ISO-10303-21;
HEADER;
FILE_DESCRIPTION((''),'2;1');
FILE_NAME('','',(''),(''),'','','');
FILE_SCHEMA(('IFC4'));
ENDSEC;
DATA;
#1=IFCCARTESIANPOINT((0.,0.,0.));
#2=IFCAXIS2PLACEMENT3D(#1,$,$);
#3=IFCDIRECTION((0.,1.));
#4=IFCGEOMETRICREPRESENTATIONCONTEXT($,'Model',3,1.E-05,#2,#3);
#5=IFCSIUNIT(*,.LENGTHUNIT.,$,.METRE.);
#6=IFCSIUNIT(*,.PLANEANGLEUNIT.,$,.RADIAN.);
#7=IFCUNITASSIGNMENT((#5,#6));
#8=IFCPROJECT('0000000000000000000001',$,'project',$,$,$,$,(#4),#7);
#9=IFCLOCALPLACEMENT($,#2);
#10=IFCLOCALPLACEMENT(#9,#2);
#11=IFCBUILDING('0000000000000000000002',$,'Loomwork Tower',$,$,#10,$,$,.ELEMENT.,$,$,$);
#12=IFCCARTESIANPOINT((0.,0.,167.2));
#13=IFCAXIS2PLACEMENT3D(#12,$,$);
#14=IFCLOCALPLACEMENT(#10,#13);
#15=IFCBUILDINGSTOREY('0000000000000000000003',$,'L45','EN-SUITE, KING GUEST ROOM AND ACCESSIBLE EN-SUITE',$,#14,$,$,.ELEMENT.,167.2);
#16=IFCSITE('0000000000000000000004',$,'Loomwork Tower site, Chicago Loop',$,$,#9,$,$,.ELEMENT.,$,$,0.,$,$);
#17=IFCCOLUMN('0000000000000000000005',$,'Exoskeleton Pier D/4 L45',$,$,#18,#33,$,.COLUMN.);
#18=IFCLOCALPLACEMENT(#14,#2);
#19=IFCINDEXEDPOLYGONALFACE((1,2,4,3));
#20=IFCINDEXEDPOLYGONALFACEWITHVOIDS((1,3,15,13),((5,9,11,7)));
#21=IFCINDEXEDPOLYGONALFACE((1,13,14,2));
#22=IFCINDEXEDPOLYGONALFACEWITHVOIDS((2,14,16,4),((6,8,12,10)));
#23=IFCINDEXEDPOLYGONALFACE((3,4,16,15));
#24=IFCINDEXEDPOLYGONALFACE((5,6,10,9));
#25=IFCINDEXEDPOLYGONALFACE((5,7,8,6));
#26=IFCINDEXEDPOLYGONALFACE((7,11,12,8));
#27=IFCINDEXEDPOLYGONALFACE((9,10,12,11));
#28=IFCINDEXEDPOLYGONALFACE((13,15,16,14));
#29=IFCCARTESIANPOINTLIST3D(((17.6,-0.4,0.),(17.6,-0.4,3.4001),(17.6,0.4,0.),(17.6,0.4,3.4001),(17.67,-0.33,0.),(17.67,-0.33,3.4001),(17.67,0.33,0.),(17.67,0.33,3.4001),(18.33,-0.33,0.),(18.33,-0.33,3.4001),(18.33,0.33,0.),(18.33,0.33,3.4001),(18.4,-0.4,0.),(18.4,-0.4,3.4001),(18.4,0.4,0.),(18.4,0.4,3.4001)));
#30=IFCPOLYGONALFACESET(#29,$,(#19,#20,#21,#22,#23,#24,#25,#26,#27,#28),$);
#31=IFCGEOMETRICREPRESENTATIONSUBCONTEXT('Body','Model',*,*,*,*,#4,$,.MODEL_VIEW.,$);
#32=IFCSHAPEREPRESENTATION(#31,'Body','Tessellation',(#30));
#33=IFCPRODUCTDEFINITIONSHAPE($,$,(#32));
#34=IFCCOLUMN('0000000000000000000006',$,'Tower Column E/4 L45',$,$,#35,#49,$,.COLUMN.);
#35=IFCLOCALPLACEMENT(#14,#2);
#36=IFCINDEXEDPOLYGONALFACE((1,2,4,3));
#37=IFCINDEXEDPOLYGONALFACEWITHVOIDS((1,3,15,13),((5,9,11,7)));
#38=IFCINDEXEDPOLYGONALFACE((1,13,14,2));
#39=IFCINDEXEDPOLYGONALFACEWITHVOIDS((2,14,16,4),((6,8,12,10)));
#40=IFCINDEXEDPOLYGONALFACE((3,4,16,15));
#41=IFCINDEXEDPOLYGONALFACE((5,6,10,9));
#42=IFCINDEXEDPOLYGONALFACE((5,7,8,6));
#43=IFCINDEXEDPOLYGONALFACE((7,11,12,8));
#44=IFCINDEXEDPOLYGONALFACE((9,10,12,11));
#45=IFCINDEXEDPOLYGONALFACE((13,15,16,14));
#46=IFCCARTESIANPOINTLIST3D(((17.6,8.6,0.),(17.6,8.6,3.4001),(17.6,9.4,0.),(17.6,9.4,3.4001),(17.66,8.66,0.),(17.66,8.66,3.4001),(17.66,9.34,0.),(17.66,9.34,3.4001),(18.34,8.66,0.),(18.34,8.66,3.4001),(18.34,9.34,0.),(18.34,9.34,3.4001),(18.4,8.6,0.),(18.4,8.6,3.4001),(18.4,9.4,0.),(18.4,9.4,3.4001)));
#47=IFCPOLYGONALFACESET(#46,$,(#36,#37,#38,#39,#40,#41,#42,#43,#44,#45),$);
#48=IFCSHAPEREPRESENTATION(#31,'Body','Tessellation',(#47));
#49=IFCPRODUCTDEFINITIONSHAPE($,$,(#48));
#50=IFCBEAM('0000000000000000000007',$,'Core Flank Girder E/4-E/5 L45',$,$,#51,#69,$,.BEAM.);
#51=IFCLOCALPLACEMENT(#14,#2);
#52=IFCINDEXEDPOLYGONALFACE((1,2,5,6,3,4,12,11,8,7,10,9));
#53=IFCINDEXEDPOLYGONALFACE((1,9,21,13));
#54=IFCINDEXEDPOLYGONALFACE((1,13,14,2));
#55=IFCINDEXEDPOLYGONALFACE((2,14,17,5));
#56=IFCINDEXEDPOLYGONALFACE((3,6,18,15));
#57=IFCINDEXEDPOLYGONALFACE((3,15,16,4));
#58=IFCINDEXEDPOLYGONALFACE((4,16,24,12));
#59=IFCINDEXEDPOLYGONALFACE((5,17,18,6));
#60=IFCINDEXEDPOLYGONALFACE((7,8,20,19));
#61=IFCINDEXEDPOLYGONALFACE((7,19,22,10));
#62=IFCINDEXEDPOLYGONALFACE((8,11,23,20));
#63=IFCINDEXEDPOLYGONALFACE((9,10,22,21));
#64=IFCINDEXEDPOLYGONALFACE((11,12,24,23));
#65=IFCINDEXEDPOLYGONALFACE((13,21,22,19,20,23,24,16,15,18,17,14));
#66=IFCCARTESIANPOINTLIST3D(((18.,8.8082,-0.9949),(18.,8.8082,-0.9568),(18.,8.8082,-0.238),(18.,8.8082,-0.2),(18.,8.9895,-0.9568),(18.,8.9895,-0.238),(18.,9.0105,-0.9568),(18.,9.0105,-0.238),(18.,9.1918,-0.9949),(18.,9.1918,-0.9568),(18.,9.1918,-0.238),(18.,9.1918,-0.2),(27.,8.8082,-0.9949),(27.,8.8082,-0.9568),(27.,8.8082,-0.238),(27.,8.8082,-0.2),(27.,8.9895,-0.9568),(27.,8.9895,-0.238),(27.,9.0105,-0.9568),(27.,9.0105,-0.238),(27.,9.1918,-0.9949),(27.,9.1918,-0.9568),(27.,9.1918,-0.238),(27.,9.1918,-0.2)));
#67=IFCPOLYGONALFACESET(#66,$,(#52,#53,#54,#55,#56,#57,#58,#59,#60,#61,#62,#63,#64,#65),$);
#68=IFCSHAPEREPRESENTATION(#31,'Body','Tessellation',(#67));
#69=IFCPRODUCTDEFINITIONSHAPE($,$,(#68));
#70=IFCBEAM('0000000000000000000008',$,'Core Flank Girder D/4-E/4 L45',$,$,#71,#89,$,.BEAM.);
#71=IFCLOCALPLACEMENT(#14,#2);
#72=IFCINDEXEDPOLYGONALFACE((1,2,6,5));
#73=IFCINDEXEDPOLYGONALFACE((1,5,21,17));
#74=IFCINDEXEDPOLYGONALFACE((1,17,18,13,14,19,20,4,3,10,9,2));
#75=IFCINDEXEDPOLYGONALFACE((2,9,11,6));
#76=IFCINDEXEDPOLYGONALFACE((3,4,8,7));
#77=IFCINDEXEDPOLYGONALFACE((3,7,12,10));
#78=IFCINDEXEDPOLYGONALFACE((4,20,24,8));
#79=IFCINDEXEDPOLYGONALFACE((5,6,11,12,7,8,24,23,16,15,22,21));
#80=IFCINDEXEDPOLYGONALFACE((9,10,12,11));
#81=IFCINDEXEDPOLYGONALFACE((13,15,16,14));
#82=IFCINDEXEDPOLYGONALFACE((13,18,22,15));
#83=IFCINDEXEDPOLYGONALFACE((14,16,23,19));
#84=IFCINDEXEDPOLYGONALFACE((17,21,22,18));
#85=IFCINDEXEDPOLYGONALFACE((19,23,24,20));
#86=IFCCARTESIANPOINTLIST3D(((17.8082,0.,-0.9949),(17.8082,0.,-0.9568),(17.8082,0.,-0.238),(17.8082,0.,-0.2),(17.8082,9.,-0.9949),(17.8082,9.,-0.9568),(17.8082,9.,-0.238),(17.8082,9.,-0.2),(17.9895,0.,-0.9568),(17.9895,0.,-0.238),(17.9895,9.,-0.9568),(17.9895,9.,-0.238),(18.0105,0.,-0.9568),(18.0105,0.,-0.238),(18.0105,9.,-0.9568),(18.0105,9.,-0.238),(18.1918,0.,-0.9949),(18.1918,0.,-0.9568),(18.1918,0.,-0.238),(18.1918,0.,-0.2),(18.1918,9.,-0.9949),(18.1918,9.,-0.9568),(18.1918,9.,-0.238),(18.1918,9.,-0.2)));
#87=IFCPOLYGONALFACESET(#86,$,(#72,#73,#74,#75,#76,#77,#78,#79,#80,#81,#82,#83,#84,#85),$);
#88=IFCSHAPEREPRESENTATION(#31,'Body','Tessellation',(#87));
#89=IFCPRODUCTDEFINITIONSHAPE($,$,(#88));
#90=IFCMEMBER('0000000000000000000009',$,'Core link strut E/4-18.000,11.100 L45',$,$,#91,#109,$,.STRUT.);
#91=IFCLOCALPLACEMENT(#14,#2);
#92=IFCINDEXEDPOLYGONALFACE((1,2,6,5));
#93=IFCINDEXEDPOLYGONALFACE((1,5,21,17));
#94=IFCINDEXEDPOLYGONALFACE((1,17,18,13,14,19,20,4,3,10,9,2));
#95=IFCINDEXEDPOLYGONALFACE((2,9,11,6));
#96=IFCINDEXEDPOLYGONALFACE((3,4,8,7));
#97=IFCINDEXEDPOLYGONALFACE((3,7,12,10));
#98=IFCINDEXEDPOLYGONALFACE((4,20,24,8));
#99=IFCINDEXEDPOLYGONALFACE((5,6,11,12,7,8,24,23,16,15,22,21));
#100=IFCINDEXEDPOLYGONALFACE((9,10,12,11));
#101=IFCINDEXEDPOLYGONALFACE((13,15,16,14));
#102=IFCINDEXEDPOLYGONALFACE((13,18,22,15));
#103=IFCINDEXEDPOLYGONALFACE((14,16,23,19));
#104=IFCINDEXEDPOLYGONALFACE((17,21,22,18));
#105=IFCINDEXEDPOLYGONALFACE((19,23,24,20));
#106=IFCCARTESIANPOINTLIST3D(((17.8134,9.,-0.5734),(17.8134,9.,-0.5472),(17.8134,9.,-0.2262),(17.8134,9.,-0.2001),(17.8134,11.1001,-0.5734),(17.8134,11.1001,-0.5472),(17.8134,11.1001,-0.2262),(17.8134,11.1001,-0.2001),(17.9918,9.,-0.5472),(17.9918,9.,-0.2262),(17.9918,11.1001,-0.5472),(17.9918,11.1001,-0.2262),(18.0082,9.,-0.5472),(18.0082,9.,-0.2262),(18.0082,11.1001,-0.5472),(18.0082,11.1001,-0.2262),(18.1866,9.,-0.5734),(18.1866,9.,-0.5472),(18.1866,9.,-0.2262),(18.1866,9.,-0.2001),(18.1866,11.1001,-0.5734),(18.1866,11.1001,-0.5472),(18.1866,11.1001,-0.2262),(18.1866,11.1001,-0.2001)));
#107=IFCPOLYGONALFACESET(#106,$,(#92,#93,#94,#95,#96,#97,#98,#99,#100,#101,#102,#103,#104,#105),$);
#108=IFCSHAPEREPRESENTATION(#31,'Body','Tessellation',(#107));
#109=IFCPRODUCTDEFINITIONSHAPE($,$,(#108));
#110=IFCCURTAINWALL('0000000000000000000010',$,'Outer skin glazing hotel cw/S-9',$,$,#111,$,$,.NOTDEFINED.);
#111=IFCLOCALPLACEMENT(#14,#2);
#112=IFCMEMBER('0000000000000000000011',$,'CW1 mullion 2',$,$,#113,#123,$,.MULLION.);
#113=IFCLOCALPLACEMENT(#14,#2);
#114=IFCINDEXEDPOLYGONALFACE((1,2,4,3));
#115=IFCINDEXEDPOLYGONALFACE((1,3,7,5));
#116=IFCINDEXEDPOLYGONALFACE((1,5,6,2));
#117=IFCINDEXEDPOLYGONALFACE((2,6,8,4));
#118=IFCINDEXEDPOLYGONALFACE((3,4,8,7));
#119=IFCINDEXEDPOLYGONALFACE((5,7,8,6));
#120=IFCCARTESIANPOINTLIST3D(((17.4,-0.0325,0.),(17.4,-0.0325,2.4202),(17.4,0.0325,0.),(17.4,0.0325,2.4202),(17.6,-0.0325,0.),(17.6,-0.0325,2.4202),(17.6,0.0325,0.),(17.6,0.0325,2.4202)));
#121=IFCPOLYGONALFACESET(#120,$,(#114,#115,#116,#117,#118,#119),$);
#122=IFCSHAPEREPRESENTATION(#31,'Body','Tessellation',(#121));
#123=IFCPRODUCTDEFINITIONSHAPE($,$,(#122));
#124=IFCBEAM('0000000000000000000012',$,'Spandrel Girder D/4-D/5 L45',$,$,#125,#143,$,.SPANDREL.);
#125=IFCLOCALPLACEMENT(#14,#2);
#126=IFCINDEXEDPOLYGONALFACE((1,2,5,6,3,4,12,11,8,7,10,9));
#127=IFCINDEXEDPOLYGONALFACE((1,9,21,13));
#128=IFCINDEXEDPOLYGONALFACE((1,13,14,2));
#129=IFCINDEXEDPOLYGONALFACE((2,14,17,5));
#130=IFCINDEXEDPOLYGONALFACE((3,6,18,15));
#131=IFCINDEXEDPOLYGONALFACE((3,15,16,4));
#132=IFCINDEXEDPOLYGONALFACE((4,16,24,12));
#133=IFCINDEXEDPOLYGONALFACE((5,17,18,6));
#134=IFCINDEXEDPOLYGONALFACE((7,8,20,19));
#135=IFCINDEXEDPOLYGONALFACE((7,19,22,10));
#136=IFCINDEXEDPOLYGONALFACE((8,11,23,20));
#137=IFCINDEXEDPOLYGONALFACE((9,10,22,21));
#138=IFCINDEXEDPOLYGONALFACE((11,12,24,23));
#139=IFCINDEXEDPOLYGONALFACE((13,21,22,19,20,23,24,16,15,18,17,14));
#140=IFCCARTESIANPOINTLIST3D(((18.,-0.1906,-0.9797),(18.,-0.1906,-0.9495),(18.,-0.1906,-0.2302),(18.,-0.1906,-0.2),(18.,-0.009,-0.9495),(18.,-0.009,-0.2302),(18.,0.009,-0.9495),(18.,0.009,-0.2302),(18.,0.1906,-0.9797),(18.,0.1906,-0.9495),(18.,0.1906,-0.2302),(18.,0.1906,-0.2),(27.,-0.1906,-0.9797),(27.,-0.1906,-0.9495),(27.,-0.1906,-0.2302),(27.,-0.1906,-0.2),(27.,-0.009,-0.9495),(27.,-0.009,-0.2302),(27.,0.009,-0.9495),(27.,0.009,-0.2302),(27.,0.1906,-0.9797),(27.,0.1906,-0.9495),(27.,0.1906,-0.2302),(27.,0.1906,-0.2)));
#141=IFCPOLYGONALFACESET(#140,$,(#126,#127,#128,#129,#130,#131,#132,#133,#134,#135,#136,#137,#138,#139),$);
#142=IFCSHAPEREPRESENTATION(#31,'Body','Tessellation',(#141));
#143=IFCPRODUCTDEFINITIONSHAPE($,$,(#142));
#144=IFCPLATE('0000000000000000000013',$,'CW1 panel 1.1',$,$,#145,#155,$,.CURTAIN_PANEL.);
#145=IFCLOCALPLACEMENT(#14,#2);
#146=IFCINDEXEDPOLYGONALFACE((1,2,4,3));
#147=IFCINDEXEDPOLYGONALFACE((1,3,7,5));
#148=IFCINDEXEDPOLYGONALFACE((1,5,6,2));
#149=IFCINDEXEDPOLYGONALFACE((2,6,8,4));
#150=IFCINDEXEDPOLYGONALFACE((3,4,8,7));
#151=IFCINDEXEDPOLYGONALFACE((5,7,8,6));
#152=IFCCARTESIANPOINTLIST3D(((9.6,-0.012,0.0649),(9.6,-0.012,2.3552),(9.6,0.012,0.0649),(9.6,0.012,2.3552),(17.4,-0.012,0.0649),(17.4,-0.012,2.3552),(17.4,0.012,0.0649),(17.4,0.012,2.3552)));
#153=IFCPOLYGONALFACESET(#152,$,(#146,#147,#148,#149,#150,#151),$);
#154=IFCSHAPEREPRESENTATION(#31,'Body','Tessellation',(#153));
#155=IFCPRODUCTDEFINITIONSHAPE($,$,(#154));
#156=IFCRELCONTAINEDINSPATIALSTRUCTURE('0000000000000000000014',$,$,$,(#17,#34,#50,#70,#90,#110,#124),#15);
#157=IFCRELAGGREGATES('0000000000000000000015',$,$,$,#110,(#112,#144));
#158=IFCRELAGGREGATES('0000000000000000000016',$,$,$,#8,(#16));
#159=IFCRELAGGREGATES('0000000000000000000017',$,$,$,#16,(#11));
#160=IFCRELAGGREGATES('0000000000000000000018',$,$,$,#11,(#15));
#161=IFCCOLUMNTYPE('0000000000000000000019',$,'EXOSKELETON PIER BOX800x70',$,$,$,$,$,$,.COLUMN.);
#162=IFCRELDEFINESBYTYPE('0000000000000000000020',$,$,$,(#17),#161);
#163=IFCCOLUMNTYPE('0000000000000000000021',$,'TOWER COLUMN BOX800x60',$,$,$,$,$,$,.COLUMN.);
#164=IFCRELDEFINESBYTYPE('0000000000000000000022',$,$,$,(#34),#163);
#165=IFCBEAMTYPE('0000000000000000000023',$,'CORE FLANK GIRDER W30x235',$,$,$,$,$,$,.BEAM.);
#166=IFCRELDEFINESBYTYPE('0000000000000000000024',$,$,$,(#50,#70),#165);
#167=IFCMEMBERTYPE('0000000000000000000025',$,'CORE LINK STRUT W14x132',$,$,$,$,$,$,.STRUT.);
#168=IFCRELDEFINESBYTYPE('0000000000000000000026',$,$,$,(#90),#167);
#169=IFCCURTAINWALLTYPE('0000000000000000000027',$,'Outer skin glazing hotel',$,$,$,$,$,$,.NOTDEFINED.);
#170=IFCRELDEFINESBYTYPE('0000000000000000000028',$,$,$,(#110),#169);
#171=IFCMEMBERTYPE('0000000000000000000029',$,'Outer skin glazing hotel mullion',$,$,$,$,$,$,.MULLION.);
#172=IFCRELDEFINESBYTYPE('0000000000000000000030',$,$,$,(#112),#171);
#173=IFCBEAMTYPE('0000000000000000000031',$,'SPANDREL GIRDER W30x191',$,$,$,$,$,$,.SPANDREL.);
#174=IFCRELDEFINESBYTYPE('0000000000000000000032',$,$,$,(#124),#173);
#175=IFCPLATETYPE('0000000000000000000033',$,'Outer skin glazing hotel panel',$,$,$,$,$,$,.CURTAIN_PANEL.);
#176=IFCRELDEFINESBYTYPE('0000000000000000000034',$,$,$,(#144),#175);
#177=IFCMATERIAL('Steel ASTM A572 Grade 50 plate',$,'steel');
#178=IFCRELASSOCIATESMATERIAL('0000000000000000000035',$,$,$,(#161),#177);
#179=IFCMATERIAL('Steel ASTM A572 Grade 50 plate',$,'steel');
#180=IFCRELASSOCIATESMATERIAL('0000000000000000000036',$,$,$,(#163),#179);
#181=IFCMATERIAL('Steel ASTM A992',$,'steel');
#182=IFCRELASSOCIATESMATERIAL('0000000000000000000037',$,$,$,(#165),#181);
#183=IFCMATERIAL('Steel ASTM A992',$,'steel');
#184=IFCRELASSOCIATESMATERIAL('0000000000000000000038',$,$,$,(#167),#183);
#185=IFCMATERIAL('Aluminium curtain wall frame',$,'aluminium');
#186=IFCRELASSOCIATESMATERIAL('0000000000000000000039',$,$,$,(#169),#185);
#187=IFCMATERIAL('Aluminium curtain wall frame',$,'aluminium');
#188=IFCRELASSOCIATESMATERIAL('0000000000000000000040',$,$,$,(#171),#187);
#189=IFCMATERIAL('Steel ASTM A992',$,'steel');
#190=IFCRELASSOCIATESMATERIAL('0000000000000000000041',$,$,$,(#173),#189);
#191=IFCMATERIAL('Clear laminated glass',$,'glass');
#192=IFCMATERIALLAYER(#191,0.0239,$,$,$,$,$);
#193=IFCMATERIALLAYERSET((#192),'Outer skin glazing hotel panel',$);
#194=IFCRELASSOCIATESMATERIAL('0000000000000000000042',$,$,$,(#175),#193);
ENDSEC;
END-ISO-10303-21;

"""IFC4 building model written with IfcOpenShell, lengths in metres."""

from ifc_helpers import new_model, si_unit, direction, frame, origin, origin_2d, place, context, subcontext, project, spatial, rectangle, hollow_rectangle, i_section, extrude, material, layer, layer_set, material_profile, profile_set, type_object, element, aggregate, save


model = new_model("IFC4")

# Units and contexts
model_context = context("Model", 3, precision=1e-05, world=origin(), true_north=direction((0.0, 1.0)))
body_context = subcontext(model_context, "Body", "Model", "MODEL_VIEW")
ifc_project = project(units=[si_unit("LENGTHUNIT", "METRE"), si_unit("PLANEANGLEUNIT", "RADIAN")], contexts=[model_context])

# Site, building, storey
site_placement = place(None, origin())
site = spatial("IfcSite", under=ifc_project, at=site_placement, Name="Loomwork Tower site, Chicago Loop", CompositionType="ELEMENT", RefElevation=0.0)
building_placement = place(site_placement, origin())
building = spatial("IfcBuilding", under=site, at=building_placement, Name="Loomwork Tower", CompositionType="ELEMENT")
storey_placement = place(building_placement, frame((0.0, 0.0, 167.2)))
storey = spatial("IfcBuildingStorey", under=building, at=storey_placement, Name="L45", Description="EN-SUITE, KING GUEST ROOM AND ACCESSIBLE EN-SUITE", CompositionType="ELEMENT", Elevation=167.2)

# Columns
ifc_material_1 = material(Name="Steel ASTM A572 Grade 50 plate", Category="steel")
ifc_material_profile_1 = material_profile(ifc_material_1, hollow_rectangle(XDim=0.8, YDim=0.8, WallThickness=0.0701, at=origin_2d()), Name="BOX800x70")
ifc_profile_set_1 = profile_set([ifc_material_profile_1], Name="Steel ASTM A572 Grade 50 plate")
column_type_1 = type_object("IfcColumnType", Name="EXOSKELETON PIER BOX800x70", PredefinedType="COLUMN", material=ifc_profile_set_1)
column_1_placement = place(storey_placement, frame((18.0, 0.0, 0.0), z_axis=(0.0, 0.0, 1.0), x_axis=(1.0, 0.0, 0.0)))
element("IfcColumn", 1, at=column_1_placement, inside=storey, type_object=column_type_1, Name="Exoskeleton Pier D/4 L45", PredefinedType="COLUMN", context=body_context, shape_type="SweptSolid", body=[
    extrude(hollow_rectangle(XDim=0.8, YDim=0.8, WallThickness=0.0701, at=origin_2d()), origin(), (0.0, 0.0, 1.0), 3.4001),
])
ifc_material_2 = material(Name="Steel ASTM A572 Grade 50 plate", Category="steel")
ifc_material_profile_2 = material_profile(ifc_material_2, hollow_rectangle(XDim=0.8, YDim=0.8, WallThickness=0.0601, at=origin_2d()), Name="BOX800x60")
ifc_profile_set_2 = profile_set([ifc_material_profile_2], Name="Steel ASTM A572 Grade 50 plate")
column_type_2 = type_object("IfcColumnType", Name="TOWER COLUMN BOX800x60", PredefinedType="COLUMN", material=ifc_profile_set_2)
column_2_placement = place(storey_placement, frame((18.0, 9.0, 0.0), z_axis=(0.0, 0.0, 1.0), x_axis=(1.0, 0.0, 0.0)))
element("IfcColumn", 2, at=column_2_placement, inside=storey, type_object=column_type_2, Name="Tower Column E/4 L45", PredefinedType="COLUMN", context=body_context, shape_type="SweptSolid", body=[
    extrude(hollow_rectangle(XDim=0.8, YDim=0.8, WallThickness=0.0601, at=origin_2d()), origin(), (0.0, 0.0, 1.0), 3.4001),
])

# Beams
ifc_material_3 = material(Name="Steel ASTM A992", Category="steel")
ifc_material_profile_3 = material_profile(ifc_material_3, i_section(OverallWidth=0.3835, OverallDepth=0.7949, WebThickness=0.021, FlangeThickness=0.0381, at=origin_2d()), Name="W30x235")
ifc_profile_set_3 = profile_set([ifc_material_profile_3], Name="Steel ASTM A992")
beam_type_1 = type_object("IfcBeamType", Name="CORE FLANK GIRDER W30x235", PredefinedType="BEAM", material=ifc_profile_set_3)
for number, where, z_axis, x_axis, name in (
    (3, (18.0, 9.0, -0.5974), (1.0, 0.0, 0.0), (0.0, 1.0, 0.0), "Core Flank Girder E/4-E/5 L45"),
    (4, (18.0, 0.0, -0.5974), (0.0, 1.0, 0.0), (-1.0, 0.0, 0.0), "Core Flank Girder D/4-E/4 L45"),
):
    element("IfcBeam", number, at=place(storey_placement, frame(where, z_axis=z_axis, x_axis=x_axis)), inside=storey, type_object=beam_type_1, Name=name, PredefinedType="BEAM", context=body_context, shape_type="SweptSolid", body=[
        extrude(i_section(OverallWidth=0.3835, OverallDepth=0.7949, WebThickness=0.021, FlangeThickness=0.0381, at=origin_2d()), origin(), (0.0, 0.0, 1.0), 9.0),
    ])

# Member
ifc_material_4 = material(Name="Steel ASTM A992", Category="steel")
ifc_material_profile_4 = material_profile(ifc_material_4, i_section(OverallWidth=0.3733, OverallDepth=0.3733, WebThickness=0.0164, FlangeThickness=0.0261, at=origin_2d()), Name="W14x132")
ifc_profile_set_4 = profile_set([ifc_material_profile_4], Name="Steel ASTM A992")
member_type_1 = type_object("IfcMemberType", Name="CORE LINK STRUT W14x132", PredefinedType="STRUT", material=ifc_profile_set_4)
member_1_placement = place(storey_placement, frame((18.0, 9.0, -0.3867), z_axis=(0.0, 1.0, 0.0), x_axis=(-1.0, 0.0, 0.0)))
element("IfcMember", 5, at=member_1_placement, inside=storey, type_object=member_type_1, Name="Core link strut E/4-18.000,11.100 L45", PredefinedType="STRUT", context=body_context, shape_type="SweptSolid", body=[
    extrude(i_section(OverallWidth=0.3733, OverallDepth=0.3733, WebThickness=0.0164, FlangeThickness=0.0261, at=origin_2d()), origin(), (0.0, 0.0, 1.0), 2.1001),
])

# Curtain wall, member
ifc_material_5 = material(Name="Aluminium curtain wall frame", Category="aluminium")
curtain_wall_type = type_object("IfcCurtainWallType", Name="Outer skin glazing hotel", PredefinedType="NOTDEFINED", material=ifc_material_5)
curtain_wall_placement = place(storey_placement, origin())
curtain_wall = element("IfcCurtainWall", 6, at=curtain_wall_placement, inside=storey, type_object=curtain_wall_type, Name="Outer skin glazing hotel cw/S-9", PredefinedType="NOTDEFINED")
ifc_material_6 = material(Name="Aluminium curtain wall frame", Category="aluminium")
ifc_material_profile_5 = material_profile(ifc_material_6, rectangle(XDim=0.0649, YDim=0.2, at=origin_2d()), Name="AL 65x200")
ifc_profile_set_5 = profile_set([ifc_material_profile_5], Name="Aluminium curtain wall frame")
member_type_2 = type_object("IfcMemberType", Name="Outer skin glazing hotel mullion", PredefinedType="MULLION", material=ifc_profile_set_5)
member_2_placement = place(storey_placement, frame((17.5, 0.0, 0.0), z_axis=(0.0, 0.0, 1.0), x_axis=(0.0, 1.0, 0.0)))
member_2 = element("IfcMember", 7, at=member_2_placement, type_object=member_type_2, Name="CW1 mullion 2", PredefinedType="MULLION", context=body_context, shape_type="SweptSolid", body=[
    extrude(rectangle(XDim=0.0649, YDim=0.2, at=origin_2d()), origin(), (0.0, 0.0, 1.0), 2.4202),
])

# Beam
ifc_material_7 = material(Name="Steel ASTM A992", Category="steel")
ifc_material_profile_6 = material_profile(ifc_material_7, i_section(OverallWidth=0.3811, OverallDepth=0.7798, WebThickness=0.0181, FlangeThickness=0.0303, at=origin_2d()), Name="W30x191")
ifc_profile_set_6 = profile_set([ifc_material_profile_6], Name="Steel ASTM A992")
beam_type_2 = type_object("IfcBeamType", Name="SPANDREL GIRDER W30x191", PredefinedType="SPANDREL", material=ifc_profile_set_6)
beam_placement = place(storey_placement, frame((18.0, 0.0, -0.5898), z_axis=(1.0, 0.0, 0.0), x_axis=(0.0, 1.0, 0.0)))
element("IfcBeam", 8, at=beam_placement, inside=storey, type_object=beam_type_2, Name="Spandrel Girder D/4-D/5 L45", PredefinedType="SPANDREL", context=body_context, shape_type="SweptSolid", body=[
    extrude(i_section(OverallWidth=0.3811, OverallDepth=0.7798, WebThickness=0.0181, FlangeThickness=0.0303, at=origin_2d()), origin(), (0.0, 0.0, 1.0), 9.0),
])

# Plate
ifc_material_8 = material(Name="Clear laminated glass", Category="glass")
ifc_layer_1 = layer(ifc_material_8, 0.0239)
ifc_layer_set_1 = layer_set([ifc_layer_1], Name="Outer skin glazing hotel panel")
plate_type = type_object("IfcPlateType", Name="Outer skin glazing hotel panel", PredefinedType="CURTAIN_PANEL", material=ifc_layer_set_1)
plate_placement = place(storey_placement, frame((13.5, 0.0, 0.0649), z_axis=(0.0, 0.0, 1.0), x_axis=(1.0, 0.0, 0.0)))
plate = element("IfcPlate", 9, at=plate_placement, type_object=plate_type, Name="CW1 panel 1.1", PredefinedType="CURTAIN_PANEL", context=body_context, shape_type="SweptSolid", body=[
    extrude(rectangle(XDim=7.8, YDim=0.0239, at=origin_2d()), origin(), (0.0, 0.0, 1.0), 2.2903),
])
aggregate(curtain_wall, [member_2, plate])

save(model, "model.ifc")
